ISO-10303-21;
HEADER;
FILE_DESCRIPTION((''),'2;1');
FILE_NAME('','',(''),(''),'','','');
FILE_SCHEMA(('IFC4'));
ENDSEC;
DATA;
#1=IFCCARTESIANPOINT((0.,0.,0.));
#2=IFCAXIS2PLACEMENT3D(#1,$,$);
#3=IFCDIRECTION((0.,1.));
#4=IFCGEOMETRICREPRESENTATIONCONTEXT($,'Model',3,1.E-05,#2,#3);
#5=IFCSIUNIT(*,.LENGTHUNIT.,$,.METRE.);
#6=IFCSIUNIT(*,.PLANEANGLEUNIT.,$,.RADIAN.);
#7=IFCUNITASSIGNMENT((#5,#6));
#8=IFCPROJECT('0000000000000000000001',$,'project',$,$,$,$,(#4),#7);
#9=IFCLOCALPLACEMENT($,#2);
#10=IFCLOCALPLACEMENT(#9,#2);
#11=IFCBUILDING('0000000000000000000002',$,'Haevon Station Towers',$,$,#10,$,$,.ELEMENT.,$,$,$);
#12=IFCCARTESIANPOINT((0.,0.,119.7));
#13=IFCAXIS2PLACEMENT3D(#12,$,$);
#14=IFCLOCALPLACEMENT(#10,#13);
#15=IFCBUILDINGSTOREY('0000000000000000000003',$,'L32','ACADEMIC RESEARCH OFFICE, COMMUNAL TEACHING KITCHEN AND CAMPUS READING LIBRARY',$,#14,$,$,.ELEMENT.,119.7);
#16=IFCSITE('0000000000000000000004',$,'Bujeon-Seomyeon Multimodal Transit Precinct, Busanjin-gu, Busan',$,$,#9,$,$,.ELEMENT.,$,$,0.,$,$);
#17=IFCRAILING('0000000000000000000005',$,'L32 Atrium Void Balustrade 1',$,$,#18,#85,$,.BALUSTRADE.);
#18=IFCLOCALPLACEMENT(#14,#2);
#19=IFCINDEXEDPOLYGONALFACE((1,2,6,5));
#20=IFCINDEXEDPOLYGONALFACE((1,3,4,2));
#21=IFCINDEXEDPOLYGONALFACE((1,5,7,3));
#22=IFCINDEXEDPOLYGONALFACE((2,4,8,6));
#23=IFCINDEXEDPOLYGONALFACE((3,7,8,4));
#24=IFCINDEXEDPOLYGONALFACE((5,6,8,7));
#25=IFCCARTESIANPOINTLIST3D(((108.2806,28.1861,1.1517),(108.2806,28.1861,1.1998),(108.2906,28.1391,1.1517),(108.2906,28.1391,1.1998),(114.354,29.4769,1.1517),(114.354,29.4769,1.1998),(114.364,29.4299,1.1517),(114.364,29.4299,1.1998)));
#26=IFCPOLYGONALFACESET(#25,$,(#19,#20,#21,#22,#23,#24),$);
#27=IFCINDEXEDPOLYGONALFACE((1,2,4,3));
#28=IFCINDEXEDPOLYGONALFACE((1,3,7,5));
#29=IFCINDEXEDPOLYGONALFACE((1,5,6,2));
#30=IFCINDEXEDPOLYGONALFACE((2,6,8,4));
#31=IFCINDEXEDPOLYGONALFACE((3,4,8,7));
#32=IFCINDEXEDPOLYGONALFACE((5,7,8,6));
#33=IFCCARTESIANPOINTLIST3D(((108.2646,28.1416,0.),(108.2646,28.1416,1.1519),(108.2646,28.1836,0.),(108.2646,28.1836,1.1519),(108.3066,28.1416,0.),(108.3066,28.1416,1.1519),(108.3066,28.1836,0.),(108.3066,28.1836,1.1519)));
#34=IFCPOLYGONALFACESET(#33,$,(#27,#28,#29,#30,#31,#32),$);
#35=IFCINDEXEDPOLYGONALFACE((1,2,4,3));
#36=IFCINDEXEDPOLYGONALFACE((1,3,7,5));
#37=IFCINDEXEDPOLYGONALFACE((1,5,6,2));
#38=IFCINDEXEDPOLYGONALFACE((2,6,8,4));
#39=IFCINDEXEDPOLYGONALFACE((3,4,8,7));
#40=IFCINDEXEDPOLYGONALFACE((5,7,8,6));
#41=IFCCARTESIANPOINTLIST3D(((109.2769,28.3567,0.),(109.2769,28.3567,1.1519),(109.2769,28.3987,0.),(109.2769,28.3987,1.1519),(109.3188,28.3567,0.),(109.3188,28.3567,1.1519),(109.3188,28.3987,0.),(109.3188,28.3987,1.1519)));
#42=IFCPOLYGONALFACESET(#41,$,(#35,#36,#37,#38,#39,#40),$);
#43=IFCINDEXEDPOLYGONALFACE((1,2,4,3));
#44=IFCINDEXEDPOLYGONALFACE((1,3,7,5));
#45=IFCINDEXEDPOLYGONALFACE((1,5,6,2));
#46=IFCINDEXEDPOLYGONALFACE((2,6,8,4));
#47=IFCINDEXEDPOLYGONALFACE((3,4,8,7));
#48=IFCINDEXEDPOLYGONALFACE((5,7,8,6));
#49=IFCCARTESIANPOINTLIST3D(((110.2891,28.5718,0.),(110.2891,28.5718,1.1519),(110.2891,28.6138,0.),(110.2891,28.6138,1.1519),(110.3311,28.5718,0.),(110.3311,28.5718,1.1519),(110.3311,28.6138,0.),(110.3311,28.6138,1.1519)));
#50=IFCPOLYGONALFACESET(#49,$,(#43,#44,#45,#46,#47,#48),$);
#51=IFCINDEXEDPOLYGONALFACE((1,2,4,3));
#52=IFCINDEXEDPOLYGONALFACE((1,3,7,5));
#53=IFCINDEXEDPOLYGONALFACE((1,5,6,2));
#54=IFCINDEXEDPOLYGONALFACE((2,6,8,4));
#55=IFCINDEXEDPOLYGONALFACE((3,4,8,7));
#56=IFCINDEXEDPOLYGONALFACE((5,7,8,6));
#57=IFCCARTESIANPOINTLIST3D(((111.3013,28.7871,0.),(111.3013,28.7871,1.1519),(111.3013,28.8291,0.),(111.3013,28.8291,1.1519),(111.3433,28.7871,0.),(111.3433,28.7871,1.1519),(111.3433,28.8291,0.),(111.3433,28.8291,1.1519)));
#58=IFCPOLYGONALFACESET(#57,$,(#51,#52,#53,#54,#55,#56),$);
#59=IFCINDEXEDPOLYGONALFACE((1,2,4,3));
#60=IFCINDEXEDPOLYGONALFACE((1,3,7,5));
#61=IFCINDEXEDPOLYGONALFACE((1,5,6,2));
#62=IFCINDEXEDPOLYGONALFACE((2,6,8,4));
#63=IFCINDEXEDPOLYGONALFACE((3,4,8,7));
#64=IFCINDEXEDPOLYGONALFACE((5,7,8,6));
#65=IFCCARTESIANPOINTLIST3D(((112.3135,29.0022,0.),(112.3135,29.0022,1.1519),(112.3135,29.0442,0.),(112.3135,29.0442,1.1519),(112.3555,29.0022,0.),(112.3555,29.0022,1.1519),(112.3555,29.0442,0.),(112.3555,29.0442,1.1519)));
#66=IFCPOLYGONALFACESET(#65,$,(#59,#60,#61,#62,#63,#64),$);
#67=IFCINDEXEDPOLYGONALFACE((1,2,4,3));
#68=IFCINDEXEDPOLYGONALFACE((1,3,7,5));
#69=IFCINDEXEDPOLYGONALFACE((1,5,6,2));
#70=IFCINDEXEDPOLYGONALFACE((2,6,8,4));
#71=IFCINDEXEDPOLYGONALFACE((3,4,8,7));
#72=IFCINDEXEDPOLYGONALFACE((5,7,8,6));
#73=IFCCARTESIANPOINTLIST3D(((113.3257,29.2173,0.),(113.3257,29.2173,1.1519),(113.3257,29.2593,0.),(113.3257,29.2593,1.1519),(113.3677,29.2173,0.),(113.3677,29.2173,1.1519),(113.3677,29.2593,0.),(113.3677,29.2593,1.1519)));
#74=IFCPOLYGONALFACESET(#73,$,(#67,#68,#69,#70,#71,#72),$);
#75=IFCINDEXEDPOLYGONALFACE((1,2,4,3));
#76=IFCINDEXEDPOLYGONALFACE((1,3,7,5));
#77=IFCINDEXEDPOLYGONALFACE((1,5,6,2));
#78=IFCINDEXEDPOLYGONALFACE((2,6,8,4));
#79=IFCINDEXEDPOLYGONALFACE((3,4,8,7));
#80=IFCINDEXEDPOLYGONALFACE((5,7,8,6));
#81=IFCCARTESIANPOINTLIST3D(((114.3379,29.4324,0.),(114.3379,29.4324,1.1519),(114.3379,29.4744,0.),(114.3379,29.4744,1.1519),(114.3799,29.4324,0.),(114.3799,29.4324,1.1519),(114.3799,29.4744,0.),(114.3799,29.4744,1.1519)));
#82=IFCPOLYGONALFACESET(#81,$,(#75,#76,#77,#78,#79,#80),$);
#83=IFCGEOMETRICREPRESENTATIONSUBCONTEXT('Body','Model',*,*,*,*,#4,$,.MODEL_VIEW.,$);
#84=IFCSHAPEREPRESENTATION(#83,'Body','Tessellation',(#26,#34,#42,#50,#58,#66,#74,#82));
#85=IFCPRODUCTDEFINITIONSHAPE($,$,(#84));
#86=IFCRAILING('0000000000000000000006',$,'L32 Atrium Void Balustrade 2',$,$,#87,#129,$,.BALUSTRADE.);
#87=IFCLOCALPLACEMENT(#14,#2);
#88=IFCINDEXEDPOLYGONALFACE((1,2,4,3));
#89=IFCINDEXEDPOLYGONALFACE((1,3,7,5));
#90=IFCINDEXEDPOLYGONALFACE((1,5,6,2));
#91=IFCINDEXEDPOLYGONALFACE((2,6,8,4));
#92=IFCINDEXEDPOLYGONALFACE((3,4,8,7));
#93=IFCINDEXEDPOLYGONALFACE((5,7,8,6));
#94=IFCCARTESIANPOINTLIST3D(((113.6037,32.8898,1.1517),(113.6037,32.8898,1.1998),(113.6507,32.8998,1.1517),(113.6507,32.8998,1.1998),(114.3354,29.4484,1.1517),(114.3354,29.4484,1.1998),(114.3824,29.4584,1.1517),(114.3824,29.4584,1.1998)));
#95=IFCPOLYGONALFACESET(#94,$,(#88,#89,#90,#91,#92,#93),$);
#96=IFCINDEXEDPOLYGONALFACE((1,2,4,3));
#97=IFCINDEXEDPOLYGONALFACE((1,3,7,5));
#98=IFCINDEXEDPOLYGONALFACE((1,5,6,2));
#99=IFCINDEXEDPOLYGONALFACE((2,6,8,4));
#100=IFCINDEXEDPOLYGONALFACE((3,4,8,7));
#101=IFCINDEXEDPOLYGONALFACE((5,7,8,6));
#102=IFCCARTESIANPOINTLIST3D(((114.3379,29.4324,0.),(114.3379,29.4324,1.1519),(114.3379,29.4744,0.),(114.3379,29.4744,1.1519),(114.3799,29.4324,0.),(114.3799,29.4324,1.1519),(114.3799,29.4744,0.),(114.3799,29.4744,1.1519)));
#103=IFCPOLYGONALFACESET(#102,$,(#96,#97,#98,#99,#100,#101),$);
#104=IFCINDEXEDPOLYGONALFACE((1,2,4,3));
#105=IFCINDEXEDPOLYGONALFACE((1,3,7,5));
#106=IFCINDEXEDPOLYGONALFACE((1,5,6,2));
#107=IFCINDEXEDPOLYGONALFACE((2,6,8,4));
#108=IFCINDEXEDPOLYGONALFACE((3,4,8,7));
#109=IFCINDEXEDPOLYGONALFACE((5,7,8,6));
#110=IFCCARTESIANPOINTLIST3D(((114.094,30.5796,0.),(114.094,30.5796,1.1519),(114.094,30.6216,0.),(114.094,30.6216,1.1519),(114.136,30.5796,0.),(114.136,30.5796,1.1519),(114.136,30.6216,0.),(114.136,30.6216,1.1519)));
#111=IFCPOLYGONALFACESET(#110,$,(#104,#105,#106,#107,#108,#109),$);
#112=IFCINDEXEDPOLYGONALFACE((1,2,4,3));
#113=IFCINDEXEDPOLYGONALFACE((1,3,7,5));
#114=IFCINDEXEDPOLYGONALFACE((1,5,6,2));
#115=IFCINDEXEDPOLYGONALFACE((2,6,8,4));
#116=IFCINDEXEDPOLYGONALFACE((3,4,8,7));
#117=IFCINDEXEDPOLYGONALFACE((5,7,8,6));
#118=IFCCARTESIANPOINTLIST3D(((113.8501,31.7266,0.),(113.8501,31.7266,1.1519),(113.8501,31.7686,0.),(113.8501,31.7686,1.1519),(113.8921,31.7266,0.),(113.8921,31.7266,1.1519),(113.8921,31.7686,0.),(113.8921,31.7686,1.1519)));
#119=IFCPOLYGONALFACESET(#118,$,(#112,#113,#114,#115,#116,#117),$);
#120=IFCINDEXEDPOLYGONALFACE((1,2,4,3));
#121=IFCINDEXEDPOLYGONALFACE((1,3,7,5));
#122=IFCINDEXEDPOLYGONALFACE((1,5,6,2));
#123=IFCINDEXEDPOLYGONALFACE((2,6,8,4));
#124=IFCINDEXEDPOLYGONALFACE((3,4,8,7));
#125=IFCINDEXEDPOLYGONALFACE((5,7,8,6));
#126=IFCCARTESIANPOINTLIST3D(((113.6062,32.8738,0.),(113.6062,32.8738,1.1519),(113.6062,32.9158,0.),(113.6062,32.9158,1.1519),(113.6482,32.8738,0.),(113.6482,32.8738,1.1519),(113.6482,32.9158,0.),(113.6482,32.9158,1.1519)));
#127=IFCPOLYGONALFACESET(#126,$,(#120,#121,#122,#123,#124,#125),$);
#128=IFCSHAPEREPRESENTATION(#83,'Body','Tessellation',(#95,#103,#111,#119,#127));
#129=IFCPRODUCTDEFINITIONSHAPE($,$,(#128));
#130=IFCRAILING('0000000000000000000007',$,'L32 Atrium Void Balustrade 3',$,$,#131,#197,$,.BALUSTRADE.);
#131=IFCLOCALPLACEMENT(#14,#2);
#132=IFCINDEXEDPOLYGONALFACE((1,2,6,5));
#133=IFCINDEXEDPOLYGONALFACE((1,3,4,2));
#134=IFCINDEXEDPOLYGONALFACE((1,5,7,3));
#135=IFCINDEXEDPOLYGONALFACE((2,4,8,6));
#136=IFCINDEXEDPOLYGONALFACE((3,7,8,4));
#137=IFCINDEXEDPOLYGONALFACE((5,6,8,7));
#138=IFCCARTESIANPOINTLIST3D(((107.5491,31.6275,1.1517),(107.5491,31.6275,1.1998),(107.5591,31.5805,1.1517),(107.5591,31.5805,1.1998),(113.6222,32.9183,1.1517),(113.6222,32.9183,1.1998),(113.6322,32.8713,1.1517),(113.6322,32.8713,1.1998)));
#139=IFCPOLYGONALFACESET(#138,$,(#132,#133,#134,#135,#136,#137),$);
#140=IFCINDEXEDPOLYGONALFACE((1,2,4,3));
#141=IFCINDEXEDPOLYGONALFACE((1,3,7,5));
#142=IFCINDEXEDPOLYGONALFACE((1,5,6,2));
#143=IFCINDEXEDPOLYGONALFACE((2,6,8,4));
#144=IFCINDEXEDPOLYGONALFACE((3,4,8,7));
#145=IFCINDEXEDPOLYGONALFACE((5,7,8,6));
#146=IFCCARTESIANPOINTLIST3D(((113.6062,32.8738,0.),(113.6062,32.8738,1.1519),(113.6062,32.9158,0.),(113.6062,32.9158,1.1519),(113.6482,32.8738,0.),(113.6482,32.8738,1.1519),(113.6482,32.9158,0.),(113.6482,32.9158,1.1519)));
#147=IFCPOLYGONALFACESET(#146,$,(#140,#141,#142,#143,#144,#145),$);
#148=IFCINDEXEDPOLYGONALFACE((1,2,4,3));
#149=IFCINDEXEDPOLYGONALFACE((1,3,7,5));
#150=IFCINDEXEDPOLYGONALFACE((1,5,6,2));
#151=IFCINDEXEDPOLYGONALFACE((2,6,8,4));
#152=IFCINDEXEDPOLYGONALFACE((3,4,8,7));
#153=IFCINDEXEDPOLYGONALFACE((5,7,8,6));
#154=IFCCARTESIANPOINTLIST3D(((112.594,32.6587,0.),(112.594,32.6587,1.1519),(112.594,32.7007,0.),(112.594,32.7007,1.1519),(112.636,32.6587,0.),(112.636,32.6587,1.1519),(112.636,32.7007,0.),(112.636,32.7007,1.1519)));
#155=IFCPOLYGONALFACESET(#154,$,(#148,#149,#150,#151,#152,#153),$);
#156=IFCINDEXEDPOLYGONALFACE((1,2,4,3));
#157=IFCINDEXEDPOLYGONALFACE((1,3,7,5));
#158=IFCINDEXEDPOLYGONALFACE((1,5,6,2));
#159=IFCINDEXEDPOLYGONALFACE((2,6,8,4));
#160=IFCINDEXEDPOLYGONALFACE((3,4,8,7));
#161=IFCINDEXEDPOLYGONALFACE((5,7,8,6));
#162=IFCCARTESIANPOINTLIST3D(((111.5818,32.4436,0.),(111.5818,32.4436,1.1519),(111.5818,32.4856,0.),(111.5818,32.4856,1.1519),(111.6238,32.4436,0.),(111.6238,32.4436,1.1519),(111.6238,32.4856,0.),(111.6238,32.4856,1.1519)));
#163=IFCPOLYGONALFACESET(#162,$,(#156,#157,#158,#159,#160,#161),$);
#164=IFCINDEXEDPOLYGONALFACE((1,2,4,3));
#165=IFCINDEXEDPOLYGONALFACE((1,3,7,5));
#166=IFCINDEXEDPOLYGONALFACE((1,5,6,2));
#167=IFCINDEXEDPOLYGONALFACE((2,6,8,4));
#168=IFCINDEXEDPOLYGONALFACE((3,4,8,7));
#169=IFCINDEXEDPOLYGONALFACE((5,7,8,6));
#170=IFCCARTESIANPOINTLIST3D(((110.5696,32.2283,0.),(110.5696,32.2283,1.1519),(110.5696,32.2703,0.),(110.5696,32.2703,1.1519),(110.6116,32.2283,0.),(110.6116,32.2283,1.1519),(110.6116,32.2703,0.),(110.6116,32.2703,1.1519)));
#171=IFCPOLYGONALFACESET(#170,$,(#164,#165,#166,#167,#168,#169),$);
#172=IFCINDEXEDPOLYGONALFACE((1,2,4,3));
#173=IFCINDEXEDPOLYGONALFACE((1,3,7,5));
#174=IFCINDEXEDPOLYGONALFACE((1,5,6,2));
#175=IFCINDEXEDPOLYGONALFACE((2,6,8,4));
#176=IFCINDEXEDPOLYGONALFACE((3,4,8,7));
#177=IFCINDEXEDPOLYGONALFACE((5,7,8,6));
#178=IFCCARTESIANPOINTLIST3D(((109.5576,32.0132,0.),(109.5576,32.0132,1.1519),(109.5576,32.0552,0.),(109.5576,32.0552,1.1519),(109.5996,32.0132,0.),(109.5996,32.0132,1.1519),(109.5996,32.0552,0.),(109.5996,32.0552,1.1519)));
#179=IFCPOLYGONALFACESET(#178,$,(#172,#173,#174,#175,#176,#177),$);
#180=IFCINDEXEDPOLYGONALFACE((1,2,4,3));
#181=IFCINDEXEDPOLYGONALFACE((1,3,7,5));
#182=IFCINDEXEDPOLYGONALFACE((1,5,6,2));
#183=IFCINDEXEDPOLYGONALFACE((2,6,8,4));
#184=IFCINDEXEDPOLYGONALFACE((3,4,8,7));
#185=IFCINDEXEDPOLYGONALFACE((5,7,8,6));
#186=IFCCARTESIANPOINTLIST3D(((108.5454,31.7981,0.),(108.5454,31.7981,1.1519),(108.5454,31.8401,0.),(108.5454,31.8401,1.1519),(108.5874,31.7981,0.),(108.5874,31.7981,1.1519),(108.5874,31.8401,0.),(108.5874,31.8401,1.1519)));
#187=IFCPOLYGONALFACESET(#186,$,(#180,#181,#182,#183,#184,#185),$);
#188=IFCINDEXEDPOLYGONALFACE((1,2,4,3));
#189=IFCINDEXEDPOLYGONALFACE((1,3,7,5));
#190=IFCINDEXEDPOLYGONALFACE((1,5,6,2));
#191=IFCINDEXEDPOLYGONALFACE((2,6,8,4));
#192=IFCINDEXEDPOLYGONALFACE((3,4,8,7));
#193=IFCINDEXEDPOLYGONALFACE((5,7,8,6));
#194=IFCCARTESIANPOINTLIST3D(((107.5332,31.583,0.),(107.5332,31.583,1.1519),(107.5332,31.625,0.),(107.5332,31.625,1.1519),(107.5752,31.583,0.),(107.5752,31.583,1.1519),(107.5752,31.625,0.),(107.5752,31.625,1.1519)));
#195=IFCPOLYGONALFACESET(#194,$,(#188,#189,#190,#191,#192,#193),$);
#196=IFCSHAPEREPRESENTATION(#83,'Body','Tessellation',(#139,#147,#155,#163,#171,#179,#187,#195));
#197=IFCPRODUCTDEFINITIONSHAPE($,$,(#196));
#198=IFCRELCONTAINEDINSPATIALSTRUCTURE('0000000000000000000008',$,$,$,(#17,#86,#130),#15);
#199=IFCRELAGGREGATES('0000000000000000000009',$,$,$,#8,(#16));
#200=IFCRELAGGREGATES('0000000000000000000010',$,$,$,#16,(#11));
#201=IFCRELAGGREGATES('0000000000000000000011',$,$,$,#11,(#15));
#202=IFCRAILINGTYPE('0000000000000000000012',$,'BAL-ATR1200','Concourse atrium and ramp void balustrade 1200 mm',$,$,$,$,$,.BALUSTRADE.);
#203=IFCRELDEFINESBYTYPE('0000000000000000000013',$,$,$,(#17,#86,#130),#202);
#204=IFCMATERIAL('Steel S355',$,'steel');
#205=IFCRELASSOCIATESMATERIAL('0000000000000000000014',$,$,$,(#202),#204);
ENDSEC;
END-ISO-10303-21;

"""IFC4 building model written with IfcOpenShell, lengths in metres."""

from ifc_helpers import new_model, si_unit, direction, frame, origin, origin_2d, place, context, subcontext, project, spatial, rectangle, extrude, material, type_object, element, save


model = new_model("IFC4")

# Units and contexts
model_context = context("Model", 3, precision=1e-05, world=origin(), true_north=direction((0.0, 1.0)))
body_context = subcontext(model_context, "Body", "Model", "MODEL_VIEW")
ifc_project = project(units=[si_unit("LENGTHUNIT", "METRE"), si_unit("PLANEANGLEUNIT", "RADIAN")], contexts=[model_context])

# Site, building, storey
site_placement = place(None, origin())
site = spatial("IfcSite", under=ifc_project, at=site_placement, Name="Bujeon-Seomyeon Multimodal Transit Precinct, Busanjin-gu, Busan", CompositionType="ELEMENT", RefElevation=0.0)
building_placement = place(site_placement, origin())
building = spatial("IfcBuilding", under=site, at=building_placement, Name="Haevon Station Towers", CompositionType="ELEMENT")
storey_placement = place(building_placement, frame((0.0, 0.0, 119.7)))
storey = spatial("IfcBuildingStorey", under=building, at=storey_placement, Name="L32", Description="ACADEMIC RESEARCH OFFICE, COMMUNAL TEACHING KITCHEN AND CAMPUS READING LIBRARY", CompositionType="ELEMENT", Elevation=119.7)

# Shared definitions
ifc_material_1 = material(Name="Steel S355", Category="steel")

# Railings
railing_type_1 = type_object("IfcRailingType", Name="BAL-ATR1200", Description="Concourse atrium and ramp void balustrade 1200 mm", PredefinedType="BALUSTRADE", material=ifc_material_1)
railing_1_placement = place(storey_placement, frame((108.2856, 28.1626, 0.0)))
element("IfcRailing", 1, at=railing_1_placement, inside=storey, type_object=railing_type_1, Name="L32 Atrium Void Balustrade 1", PredefinedType="BALUSTRADE", context=body_context, shape_type="SweptSolid", body=[
    extrude(rectangle(XDim=0.0481, YDim=0.0481, at=origin_2d()), frame((0.0, 0.0, 1.1758), z_axis=(0.978152, 0.207891, 0.0), x_axis=(-0.207891, 0.978152, 0.0)), (0.0, 0.0, 1.0), 6.209),
    extrude(rectangle(XDim=0.042, YDim=0.042, at=origin_2d()), origin(), (0.0, 0.0, 1.0), 1.1519),
    extrude(rectangle(XDim=0.042, YDim=0.042, at=origin_2d()), frame((1.0122, 0.2151, 0.0)), (0.0, 0.0, 1.0), 1.1519),
    extrude(rectangle(XDim=0.042, YDim=0.042, at=origin_2d()), frame((2.0244, 0.4302, 0.0)), (0.0, 0.0, 1.0), 1.1519),
    extrude(rectangle(XDim=0.042, YDim=0.042, at=origin_2d()), frame((3.0366, 0.6455, 0.0)), (0.0, 0.0, 1.0), 1.1519),
    extrude(rectangle(XDim=0.042, YDim=0.042, at=origin_2d()), frame((4.0488, 0.8606, 0.0)), (0.0, 0.0, 1.0), 1.1519),
    extrude(rectangle(XDim=0.042, YDim=0.042, at=origin_2d()), frame((5.061, 1.0757, 0.0)), (0.0, 0.0, 1.0), 1.1519),
    extrude(rectangle(XDim=0.042, YDim=0.042, at=origin_2d()), frame((6.0732, 1.2908, 0.0)), (0.0, 0.0, 1.0), 1.1519),
])
railing_2_placement = place(storey_placement, frame((114.3589, 29.4534, 0.0)))
element("IfcRailing", 2, at=railing_2_placement, inside=storey, type_object=railing_type_1, Name="L32 Atrium Void Balustrade 2", PredefinedType="BALUSTRADE", context=body_context, shape_type="SweptSolid", body=[
    extrude(rectangle(XDim=0.0481, YDim=0.0481, at=origin_2d()), frame((0.0, 0.0, 1.1758), z_axis=(-0.207965, 0.978136, 0.0), x_axis=(-0.978136, -0.207965, 0.0)), (0.0, 0.0, 1.0), 3.5183),
    extrude(rectangle(XDim=0.042, YDim=0.042, at=origin_2d()), origin(), (0.0, 0.0, 1.0), 1.1519),
    extrude(rectangle(XDim=0.042, YDim=0.042, at=origin_2d()), frame((-0.2439, 1.1472, 0.0)), (0.0, 0.0, 1.0), 1.1519),
    extrude(rectangle(XDim=0.042, YDim=0.042, at=origin_2d()), frame((-0.4878, 2.2942, 0.0)), (0.0, 0.0, 1.0), 1.1519),
    extrude(rectangle(XDim=0.042, YDim=0.042, at=origin_2d()), frame((-0.7317, 3.4414, 0.0)), (0.0, 0.0, 1.0), 1.1519),
])
railing_3_placement = place(storey_placement, frame((113.6272, 32.8948, 0.0)))
element("IfcRailing", 3, at=railing_3_placement, inside=storey, type_object=railing_type_1, Name="L32 Atrium Void Balustrade 3", PredefinedType="BALUSTRADE", context=body_context, shape_type="SweptSolid", body=[
    extrude(rectangle(XDim=0.0481, YDim=0.0481, at=origin_2d()), frame((0.0, 0.0, 1.1758), z_axis=(-0.97815, -0.207899, 0.0), x_axis=(0.207899, -0.97815, 0.0)), (0.0, 0.0, 1.0), 6.2087),
    extrude(rectangle(XDim=0.042, YDim=0.042, at=origin_2d()), origin(), (0.0, 0.0, 1.0), 1.1519),
    extrude(rectangle(XDim=0.042, YDim=0.042, at=origin_2d()), frame((-1.0122, -0.2151, 0.0)), (0.0, 0.0, 1.0), 1.1519),
    extrude(rectangle(XDim=0.042, YDim=0.042, at=origin_2d()), frame((-2.0244, -0.4302, 0.0)), (0.0, 0.0, 1.0), 1.1519),
    extrude(rectangle(XDim=0.042, YDim=0.042, at=origin_2d()), frame((-3.0366, -0.6455, 0.0)), (0.0, 0.0, 1.0), 1.1519),
    extrude(rectangle(XDim=0.042, YDim=0.042, at=origin_2d()), frame((-4.0486, -0.8606, 0.0)), (0.0, 0.0, 1.0), 1.1519),
    extrude(rectangle(XDim=0.042, YDim=0.042, at=origin_2d()), frame((-5.0608, -1.0757, 0.0)), (0.0, 0.0, 1.0), 1.1519),
    extrude(rectangle(XDim=0.042, YDim=0.042, at=origin_2d()), frame((-6.073, -1.2908, 0.0)), (0.0, 0.0, 1.0), 1.1519),
])

save(model, "model.ifc")
